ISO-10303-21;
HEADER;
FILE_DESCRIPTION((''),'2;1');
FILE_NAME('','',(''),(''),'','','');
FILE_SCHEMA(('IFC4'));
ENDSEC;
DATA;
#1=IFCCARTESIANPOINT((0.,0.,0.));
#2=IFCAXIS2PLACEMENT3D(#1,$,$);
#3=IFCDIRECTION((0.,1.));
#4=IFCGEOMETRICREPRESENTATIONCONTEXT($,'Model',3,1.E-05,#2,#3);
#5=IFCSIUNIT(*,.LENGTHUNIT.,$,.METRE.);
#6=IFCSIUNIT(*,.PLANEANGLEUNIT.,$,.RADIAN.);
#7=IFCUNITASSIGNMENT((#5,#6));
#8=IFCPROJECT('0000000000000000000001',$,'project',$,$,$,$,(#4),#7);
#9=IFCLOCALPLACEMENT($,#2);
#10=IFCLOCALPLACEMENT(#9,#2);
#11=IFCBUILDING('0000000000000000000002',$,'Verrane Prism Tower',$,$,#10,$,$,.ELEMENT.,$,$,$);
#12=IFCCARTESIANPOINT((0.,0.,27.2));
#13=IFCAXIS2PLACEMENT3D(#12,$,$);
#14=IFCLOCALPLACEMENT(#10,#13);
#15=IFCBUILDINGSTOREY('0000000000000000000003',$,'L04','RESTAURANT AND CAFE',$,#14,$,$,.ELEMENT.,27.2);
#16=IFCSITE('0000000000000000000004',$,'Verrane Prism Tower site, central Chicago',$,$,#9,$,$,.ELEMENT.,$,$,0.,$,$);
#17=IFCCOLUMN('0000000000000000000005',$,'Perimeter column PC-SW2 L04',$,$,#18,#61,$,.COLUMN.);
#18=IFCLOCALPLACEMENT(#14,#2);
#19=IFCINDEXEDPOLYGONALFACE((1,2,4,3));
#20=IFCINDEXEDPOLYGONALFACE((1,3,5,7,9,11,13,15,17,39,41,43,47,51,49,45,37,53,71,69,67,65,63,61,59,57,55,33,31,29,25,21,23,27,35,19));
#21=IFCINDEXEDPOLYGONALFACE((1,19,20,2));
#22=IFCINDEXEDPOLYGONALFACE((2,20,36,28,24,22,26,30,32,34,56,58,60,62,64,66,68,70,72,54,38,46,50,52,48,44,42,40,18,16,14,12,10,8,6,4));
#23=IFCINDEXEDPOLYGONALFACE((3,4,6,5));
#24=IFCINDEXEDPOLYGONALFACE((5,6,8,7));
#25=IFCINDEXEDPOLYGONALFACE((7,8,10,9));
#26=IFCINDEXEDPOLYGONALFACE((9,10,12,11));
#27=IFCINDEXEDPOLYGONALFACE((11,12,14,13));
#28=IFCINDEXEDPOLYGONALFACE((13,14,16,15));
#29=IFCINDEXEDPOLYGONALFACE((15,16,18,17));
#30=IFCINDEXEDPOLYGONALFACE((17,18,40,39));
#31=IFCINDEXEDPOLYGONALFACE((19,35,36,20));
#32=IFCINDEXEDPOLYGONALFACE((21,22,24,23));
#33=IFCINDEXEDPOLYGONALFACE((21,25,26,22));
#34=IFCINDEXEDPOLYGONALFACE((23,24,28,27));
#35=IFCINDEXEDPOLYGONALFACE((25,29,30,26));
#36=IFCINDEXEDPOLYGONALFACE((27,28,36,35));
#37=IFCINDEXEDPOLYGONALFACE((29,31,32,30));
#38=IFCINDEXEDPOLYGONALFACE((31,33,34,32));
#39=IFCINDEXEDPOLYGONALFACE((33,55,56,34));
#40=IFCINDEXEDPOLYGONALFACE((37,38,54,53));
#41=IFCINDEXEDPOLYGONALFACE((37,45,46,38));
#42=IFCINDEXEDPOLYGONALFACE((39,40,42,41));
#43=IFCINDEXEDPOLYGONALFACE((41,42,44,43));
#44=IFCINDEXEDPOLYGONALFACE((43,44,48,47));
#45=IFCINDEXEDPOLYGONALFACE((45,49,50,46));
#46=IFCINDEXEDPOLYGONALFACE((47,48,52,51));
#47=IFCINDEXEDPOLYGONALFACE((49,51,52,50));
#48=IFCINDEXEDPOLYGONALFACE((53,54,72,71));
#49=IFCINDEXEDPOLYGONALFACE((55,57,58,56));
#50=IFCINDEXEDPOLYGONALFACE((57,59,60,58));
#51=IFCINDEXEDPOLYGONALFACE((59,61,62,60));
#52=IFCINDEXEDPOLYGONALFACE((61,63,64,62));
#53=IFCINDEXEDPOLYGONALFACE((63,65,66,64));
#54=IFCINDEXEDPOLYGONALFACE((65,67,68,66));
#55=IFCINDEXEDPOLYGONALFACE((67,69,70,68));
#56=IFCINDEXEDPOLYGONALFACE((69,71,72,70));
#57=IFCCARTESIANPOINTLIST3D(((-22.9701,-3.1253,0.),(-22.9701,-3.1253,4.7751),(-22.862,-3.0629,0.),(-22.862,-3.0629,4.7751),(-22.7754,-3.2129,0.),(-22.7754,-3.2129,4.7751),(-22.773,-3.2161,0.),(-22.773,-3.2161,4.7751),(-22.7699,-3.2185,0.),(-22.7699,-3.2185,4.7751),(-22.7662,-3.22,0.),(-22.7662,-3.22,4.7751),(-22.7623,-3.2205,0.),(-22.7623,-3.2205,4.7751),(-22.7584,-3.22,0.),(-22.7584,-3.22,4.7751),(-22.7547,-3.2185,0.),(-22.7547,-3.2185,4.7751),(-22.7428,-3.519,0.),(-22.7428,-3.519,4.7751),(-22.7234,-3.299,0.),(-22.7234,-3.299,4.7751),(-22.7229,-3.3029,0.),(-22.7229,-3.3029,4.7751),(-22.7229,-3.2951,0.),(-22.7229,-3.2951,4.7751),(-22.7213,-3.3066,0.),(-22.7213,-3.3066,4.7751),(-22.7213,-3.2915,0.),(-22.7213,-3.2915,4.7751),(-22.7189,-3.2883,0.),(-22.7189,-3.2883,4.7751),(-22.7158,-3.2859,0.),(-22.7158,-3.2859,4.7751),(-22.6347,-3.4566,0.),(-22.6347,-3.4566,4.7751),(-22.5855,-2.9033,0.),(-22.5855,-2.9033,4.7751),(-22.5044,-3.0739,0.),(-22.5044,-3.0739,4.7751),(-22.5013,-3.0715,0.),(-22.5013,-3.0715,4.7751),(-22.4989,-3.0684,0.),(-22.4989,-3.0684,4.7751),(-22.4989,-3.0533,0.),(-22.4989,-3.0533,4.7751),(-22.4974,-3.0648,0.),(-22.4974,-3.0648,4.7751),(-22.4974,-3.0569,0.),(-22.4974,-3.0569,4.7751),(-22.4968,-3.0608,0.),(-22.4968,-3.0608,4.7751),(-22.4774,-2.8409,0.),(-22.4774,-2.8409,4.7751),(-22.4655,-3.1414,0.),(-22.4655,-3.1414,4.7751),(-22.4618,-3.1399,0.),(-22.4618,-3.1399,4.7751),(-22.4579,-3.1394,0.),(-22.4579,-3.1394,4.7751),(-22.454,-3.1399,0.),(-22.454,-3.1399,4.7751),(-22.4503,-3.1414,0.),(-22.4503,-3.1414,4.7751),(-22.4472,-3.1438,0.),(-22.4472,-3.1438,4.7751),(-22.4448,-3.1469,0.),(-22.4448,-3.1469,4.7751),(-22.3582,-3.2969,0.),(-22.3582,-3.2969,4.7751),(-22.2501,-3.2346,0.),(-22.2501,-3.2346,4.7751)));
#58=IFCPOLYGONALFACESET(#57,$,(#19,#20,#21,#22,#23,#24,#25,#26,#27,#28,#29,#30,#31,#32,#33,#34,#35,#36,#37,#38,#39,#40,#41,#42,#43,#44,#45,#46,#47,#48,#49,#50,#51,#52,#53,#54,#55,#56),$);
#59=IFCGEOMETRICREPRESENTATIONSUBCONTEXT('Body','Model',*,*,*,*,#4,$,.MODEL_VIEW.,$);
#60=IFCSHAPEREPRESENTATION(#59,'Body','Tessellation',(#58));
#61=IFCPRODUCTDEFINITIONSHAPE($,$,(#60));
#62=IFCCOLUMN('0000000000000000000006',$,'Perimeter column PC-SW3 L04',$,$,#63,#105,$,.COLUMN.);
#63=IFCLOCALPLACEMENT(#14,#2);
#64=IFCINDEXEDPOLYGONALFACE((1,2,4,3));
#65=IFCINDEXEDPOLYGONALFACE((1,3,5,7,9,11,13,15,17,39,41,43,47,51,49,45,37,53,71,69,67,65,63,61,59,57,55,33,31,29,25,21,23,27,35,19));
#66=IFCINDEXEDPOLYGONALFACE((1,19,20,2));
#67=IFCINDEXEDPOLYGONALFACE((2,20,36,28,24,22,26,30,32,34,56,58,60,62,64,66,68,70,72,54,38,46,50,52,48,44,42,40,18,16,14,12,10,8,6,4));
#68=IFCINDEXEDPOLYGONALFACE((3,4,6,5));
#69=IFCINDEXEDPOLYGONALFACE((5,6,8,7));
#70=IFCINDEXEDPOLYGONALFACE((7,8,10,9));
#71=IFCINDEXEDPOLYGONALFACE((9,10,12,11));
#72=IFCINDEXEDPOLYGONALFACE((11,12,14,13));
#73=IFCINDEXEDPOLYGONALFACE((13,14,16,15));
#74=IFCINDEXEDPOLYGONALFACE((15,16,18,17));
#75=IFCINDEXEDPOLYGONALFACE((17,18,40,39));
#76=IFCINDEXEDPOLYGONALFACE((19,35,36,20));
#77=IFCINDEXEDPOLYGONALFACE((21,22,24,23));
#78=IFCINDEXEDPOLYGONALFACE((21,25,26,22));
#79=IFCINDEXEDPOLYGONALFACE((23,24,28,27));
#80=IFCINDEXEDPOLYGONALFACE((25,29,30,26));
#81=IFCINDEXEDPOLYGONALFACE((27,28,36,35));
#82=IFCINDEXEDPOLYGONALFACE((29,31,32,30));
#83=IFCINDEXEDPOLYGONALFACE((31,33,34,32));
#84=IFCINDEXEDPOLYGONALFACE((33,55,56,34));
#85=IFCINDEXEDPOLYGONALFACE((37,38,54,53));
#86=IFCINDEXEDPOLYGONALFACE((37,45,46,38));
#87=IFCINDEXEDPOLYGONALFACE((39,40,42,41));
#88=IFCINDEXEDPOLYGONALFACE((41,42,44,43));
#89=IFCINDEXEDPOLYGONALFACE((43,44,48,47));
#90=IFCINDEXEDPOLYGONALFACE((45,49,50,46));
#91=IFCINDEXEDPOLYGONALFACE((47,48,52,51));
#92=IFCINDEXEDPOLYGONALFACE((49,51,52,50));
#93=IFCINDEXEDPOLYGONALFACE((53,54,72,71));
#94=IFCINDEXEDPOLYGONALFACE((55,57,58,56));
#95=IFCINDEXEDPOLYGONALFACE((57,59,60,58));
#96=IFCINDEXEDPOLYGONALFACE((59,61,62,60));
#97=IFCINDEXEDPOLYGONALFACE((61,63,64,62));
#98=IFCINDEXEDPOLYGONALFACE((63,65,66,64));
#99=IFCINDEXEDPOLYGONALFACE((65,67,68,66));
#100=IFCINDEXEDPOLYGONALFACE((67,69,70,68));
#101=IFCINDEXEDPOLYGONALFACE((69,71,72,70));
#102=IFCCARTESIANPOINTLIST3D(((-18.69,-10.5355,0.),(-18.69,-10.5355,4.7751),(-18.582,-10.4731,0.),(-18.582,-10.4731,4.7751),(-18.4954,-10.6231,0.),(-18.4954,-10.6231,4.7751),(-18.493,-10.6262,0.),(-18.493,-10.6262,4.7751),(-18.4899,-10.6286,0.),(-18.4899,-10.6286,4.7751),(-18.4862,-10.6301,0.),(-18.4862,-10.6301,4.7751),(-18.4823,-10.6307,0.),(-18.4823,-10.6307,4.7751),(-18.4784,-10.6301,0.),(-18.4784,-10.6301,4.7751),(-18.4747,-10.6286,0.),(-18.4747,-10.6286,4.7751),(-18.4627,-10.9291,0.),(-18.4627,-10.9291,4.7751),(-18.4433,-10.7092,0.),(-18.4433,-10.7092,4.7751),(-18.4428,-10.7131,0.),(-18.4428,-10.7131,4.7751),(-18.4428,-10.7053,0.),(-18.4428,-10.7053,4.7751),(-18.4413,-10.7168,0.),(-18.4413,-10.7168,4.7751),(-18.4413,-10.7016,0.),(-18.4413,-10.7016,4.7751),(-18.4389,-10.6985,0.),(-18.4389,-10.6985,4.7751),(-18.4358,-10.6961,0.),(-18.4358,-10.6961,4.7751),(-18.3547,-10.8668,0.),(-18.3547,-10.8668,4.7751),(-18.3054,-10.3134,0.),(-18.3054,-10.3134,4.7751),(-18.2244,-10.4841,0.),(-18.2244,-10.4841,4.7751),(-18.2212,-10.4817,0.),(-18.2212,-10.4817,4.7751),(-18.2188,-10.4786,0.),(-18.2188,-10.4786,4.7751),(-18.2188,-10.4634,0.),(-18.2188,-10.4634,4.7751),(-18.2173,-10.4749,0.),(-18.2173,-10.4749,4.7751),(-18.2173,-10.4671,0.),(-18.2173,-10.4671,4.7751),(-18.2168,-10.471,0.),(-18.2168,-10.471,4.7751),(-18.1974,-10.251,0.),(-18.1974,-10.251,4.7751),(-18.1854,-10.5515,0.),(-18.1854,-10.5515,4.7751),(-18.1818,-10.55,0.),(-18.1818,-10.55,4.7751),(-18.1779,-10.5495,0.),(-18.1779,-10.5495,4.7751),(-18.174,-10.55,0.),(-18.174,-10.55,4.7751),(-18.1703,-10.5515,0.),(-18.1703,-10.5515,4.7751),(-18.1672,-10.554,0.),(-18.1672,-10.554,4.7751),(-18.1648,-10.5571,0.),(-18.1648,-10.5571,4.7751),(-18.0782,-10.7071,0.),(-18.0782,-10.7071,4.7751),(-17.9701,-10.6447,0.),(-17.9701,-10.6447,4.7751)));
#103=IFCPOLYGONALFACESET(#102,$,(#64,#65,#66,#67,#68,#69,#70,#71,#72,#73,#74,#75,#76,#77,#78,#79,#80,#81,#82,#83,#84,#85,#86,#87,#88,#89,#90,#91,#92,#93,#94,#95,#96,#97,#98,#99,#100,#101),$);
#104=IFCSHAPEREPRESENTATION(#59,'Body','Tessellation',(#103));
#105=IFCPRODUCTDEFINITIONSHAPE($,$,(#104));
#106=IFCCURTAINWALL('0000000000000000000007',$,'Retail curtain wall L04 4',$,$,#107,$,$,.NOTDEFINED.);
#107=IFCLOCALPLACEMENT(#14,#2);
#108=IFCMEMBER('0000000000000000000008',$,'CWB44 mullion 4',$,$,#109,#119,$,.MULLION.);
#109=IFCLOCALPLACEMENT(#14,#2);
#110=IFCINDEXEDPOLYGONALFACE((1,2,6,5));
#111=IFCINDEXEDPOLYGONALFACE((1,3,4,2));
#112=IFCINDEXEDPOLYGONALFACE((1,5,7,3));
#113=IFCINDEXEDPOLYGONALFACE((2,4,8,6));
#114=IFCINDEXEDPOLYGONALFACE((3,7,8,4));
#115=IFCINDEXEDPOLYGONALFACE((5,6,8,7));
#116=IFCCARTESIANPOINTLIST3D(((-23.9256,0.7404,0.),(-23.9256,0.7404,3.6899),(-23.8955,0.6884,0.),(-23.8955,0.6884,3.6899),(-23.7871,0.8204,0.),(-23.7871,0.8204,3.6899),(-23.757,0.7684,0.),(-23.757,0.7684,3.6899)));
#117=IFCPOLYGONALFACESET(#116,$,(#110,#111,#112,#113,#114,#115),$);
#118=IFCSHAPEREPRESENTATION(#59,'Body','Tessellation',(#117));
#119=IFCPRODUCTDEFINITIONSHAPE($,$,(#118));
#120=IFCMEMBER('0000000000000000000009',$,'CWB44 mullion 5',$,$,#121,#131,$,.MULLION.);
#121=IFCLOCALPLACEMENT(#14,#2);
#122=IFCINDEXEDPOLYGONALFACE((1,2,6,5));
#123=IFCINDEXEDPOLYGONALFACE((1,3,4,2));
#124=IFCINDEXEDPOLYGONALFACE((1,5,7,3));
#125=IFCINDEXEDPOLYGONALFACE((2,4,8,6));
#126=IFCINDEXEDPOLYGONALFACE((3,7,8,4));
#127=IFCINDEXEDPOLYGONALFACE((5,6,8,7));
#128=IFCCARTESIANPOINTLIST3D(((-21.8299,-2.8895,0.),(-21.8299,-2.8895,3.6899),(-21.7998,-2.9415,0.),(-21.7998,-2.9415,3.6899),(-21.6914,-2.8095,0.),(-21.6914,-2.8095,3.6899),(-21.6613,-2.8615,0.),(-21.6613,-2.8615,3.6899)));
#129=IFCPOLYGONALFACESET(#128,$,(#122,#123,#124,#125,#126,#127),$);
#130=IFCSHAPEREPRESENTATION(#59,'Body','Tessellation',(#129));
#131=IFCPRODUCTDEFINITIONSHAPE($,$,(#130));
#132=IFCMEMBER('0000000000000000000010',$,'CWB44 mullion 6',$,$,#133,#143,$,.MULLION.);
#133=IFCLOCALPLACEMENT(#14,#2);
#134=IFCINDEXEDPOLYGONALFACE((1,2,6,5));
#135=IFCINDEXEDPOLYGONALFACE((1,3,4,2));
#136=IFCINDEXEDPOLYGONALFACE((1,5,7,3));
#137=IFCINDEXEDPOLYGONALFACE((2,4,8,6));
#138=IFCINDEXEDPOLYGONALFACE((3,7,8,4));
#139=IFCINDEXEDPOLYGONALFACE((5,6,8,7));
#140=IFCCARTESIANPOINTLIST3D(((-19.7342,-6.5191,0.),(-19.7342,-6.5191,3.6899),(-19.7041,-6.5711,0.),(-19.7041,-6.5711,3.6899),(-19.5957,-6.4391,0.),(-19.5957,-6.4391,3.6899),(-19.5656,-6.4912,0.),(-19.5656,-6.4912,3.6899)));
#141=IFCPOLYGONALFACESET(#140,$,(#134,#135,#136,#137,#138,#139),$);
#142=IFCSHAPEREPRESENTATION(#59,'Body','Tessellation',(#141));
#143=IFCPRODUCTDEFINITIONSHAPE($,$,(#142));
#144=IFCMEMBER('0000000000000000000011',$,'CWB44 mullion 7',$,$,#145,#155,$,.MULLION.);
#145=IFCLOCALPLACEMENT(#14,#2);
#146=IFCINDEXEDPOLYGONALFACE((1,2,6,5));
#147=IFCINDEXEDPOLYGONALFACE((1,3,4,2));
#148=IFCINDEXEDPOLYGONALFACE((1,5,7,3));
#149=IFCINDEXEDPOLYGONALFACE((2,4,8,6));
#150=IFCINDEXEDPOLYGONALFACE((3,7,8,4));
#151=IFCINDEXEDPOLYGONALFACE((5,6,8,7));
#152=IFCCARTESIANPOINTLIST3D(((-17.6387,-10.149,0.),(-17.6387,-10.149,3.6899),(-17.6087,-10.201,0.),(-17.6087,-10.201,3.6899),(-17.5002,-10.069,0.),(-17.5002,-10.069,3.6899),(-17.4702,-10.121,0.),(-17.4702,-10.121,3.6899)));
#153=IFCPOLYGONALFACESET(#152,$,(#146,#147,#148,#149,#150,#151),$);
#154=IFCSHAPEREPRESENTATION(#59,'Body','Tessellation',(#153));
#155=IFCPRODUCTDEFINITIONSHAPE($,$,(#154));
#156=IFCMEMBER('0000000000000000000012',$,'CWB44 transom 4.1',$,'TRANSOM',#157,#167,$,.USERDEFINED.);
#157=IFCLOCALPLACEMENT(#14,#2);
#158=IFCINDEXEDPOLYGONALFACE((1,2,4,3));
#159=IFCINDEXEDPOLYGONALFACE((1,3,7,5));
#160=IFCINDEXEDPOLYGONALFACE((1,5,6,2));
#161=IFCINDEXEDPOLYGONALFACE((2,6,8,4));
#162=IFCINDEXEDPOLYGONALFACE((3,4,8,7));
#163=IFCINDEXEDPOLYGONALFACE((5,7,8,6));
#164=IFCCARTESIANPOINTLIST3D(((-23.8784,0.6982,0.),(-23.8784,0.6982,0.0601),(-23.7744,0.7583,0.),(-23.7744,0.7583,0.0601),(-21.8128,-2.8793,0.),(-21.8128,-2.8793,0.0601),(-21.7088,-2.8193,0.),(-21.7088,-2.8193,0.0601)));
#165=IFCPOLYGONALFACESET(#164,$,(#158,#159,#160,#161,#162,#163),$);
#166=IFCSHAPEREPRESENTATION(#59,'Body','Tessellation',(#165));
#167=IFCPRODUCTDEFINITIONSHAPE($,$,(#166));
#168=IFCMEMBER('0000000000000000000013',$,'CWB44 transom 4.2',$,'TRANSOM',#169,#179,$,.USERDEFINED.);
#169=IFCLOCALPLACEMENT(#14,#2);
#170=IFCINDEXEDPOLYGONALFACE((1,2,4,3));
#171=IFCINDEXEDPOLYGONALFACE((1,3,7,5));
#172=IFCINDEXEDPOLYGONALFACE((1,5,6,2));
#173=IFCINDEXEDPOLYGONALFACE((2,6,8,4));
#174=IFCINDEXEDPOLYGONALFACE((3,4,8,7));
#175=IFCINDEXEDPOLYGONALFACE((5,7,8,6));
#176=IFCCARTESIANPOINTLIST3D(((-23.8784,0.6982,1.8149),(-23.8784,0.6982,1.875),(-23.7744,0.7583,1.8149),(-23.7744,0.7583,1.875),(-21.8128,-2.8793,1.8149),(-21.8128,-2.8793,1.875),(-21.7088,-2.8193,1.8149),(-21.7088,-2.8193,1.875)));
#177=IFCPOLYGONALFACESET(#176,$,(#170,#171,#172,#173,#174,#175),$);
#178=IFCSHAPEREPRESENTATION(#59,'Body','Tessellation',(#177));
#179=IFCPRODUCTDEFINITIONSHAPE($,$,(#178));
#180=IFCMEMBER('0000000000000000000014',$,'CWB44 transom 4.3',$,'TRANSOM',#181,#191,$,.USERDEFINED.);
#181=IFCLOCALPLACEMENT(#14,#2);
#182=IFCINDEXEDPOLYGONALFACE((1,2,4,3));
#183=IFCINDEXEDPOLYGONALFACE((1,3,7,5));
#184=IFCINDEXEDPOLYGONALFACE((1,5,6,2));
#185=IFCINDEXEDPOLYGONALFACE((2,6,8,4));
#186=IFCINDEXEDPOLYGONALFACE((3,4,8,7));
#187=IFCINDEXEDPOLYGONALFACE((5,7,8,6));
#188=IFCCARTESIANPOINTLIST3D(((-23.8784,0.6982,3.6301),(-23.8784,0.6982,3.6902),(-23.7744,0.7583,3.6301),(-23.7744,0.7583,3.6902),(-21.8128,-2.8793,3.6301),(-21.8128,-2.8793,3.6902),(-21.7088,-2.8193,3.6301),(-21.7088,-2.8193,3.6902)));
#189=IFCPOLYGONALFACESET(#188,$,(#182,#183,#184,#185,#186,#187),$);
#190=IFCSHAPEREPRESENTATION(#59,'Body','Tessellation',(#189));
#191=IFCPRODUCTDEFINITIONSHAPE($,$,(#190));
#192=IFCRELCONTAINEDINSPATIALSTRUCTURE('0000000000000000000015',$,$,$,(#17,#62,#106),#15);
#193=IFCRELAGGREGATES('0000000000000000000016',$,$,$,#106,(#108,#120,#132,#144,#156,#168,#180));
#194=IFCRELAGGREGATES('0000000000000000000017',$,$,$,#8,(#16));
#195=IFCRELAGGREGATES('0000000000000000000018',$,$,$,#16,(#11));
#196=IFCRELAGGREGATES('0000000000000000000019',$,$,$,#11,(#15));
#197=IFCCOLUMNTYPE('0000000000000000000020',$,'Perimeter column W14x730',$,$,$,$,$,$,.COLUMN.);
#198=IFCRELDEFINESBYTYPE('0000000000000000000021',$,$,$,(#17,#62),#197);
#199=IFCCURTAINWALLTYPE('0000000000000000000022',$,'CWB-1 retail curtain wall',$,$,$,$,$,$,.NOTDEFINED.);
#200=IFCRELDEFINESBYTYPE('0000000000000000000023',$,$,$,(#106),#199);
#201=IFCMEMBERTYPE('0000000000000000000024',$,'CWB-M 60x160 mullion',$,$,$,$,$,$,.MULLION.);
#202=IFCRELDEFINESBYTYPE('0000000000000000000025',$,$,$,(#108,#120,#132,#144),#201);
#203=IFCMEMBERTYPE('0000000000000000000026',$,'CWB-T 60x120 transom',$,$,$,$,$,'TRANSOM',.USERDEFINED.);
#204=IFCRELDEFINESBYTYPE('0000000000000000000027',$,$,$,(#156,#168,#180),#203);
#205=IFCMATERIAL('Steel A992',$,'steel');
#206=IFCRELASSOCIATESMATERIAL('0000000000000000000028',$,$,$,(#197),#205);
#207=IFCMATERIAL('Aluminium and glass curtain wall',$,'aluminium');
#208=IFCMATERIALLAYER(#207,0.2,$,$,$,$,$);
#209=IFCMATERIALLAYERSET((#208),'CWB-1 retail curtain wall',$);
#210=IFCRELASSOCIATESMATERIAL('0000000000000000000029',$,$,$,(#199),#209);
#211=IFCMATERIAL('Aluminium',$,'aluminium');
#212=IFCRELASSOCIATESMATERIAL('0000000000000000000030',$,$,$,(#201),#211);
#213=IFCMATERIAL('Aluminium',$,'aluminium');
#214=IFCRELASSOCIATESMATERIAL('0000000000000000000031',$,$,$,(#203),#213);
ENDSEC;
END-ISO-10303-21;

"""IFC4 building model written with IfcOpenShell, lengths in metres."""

from ifc_helpers import new_model, si_unit, direction, frame, origin, origin_2d, place, context, subcontext, project, spatial, rectangle, i_section, extrude, material, layer, layer_set, material_profile, profile_set, type_object, element, aggregate, save


model = new_model("IFC4")

# Units and contexts
model_context = context("Model", 3, precision=1e-05, world=origin(), true_north=direction((0.0, 1.0)))
body_context = subcontext(model_context, "Body", "Model", "MODEL_VIEW")
ifc_project = project(units=[si_unit("LENGTHUNIT", "METRE"), si_unit("PLANEANGLEUNIT", "RADIAN")], contexts=[model_context])

# Site, building, storey
site_placement = place(None, origin())
site = spatial("IfcSite", under=ifc_project, at=site_placement, Name="Verrane Prism Tower site, central Chicago", CompositionType="ELEMENT", RefElevation=0.0)
building_placement = place(site_placement, origin())
building = spatial("IfcBuilding", under=site, at=building_placement, Name="Verrane Prism Tower", CompositionType="ELEMENT")
storey_placement = place(building_placement, frame((0.0, 0.0, 27.2)))
storey = spatial("IfcBuildingStorey", under=building, at=storey_placement, Name="L04", Description="RESTAURANT AND CAFE", CompositionType="ELEMENT", Elevation=27.2)

# Columns
ifc_material_1 = material(Name="Steel A992", Category="steel")
ifc_material_profile_1 = material_profile(ifc_material_1, i_section(OverallWidth=0.4546, OverallDepth=0.5688, WebThickness=0.0779, FlangeThickness=0.1248, FilletRadius=0.0151, at=origin_2d()), Name="W14x730")
ifc_profile_set_1 = profile_set([ifc_material_profile_1], Name="Steel A992")
column_type = type_object("IfcColumnType", Name="Perimeter column W14x730", PredefinedType="COLUMN", material=ifc_profile_set_1)
for number, where, z_axis, x_axis, name in (
    (1, (-22.6101, -3.1799, 0.0), (0.0, 0.0, 1.0), (-0.5, 0.866025, 0.0), "Perimeter column PC-SW2 L04"),
    (2, (-18.3301, -10.5901, 0.0), (0.0, 0.0, 1.0), (-0.5, 0.866025, 0.0), "Perimeter column PC-SW3 L04"),
):
    element("IfcColumn", number, at=place(storey_placement, frame(where, z_axis=z_axis, x_axis=x_axis)), inside=storey, type_object=column_type, Name=name, PredefinedType="COLUMN", context=body_context, shape_type="SweptSolid", body=[
        extrude(i_section(OverallWidth=0.4546, OverallDepth=0.5688, WebThickness=0.0779, FlangeThickness=0.1248, FilletRadius=0.0151, at=origin_2d()), origin(), (0.0, 0.0, 1.0), 4.7751),
    ])

# Curtain wall, members
ifc_material_2 = material(Name="Aluminium and glass curtain wall", Category="aluminium")
ifc_layer_1 = layer(ifc_material_2, 0.2)
ifc_layer_set_1 = layer_set([ifc_layer_1], Name="CWB-1 retail curtain wall")
curtain_wall_type = type_object("IfcCurtainWallType", Name="CWB-1 retail curtain wall", PredefinedType="NOTDEFINED", material=ifc_layer_set_1)
curtain_wall_placement = place(storey_placement, origin())
curtain_wall = element("IfcCurtainWall", 3, at=curtain_wall_placement, inside=storey, type_object=curtain_wall_type, Name="Retail curtain wall L04 4", PredefinedType="NOTDEFINED")
ifc_material_3 = material(Name="Aluminium", Category="aluminium")
ifc_material_profile_2 = material_profile(ifc_material_3, rectangle(XDim=0.1599, YDim=0.0601, at=origin_2d()), Name="CWB-M 60x160 mullion")
ifc_profile_set_2 = profile_set([ifc_material_profile_2], Name="Aluminium")
member_type_1 = type_object("IfcMemberType", Name="CWB-M 60x160 mullion", PredefinedType="MULLION", material=ifc_profile_set_2)
member_1_placement = place(storey_placement, frame((-23.8413, 0.7544, 0.0), z_axis=(0.0, 0.0, 1.0), x_axis=(0.866025, 0.5, 0.0)))
member_1 = element("IfcMember", 4, at=member_1_placement, type_object=member_type_1, Name="CWB44 mullion 4", PredefinedType="MULLION", context=body_context, shape_type="SweptSolid", body=[
    extrude(rectangle(XDim=0.1599, YDim=0.0601, at=origin_2d()), origin(), (0.0, 0.0, 1.0), 3.6899),
])
member_2_placement = place(storey_placement, frame((-21.7456, -2.8755, 0.0), z_axis=(0.0, 0.0, 1.0), x_axis=(0.866025, 0.5, 0.0)))
member_2 = element("IfcMember", 5, at=member_2_placement, type_object=member_type_1, Name="CWB44 mullion 5", PredefinedType="MULLION", context=body_context, shape_type="SweptSolid", body=[
    extrude(rectangle(XDim=0.1599, YDim=0.0601, at=origin_2d()), origin(), (0.0, 0.0, 1.0), 3.6899),
])
member_3_placement = place(storey_placement, frame((-19.6499, -6.5051, 0.0), z_axis=(0.0, 0.0, 1.0), x_axis=(0.866025, 0.5, 0.0)))
member_3 = element("IfcMember", 6, at=member_3_placement, type_object=member_type_1, Name="CWB44 mullion 6", PredefinedType="MULLION", context=body_context, shape_type="SweptSolid", body=[
    extrude(rectangle(XDim=0.1599, YDim=0.0601, at=origin_2d()), origin(), (0.0, 0.0, 1.0), 3.6899),
])
member_4_placement = place(storey_placement, frame((-17.5544, -10.135, 0.0), z_axis=(0.0, 0.0, 1.0), x_axis=(0.866025, 0.5, 0.0)))
member_4 = element("IfcMember", 7, at=member_4_placement, type_object=member_type_1, Name="CWB44 mullion 7", PredefinedType="MULLION", context=body_context, shape_type="SweptSolid", body=[
    extrude(rectangle(XDim=0.1599, YDim=0.0601, at=origin_2d()), origin(), (0.0, 0.0, 1.0), 3.6899),
])
ifc_material_4 = material(Name="Aluminium", Category="aluminium")
ifc_material_profile_3 = material_profile(ifc_material_4, rectangle(XDim=0.1201, YDim=0.0601, at=origin_2d()), Name="CWB-T 60x120 transom")
ifc_profile_set_3 = profile_set([ifc_material_profile_3], Name="Aluminium")
member_type_2 = type_object("IfcMemberType", Name="CWB-T 60x120 transom", ElementType="TRANSOM", PredefinedType="USERDEFINED", material=ifc_profile_set_3)
member_5_placement = place(storey_placement, frame((-23.8264, 0.7283, 0.03), z_axis=(0.500023, -0.866012, 0.0), x_axis=(0.866012, 0.500023, 0.0)))
member_5 = element("IfcMember", 8, at=member_5_placement, type_object=member_type_2, Name="CWB44 transom 4.1", ObjectType="TRANSOM", PredefinedType="USERDEFINED", context=body_context, shape_type="SweptSolid", body=[
    extrude(rectangle(XDim=0.1201, YDim=0.0601, at=origin_2d()), origin(), (0.0, 0.0, 1.0), 4.1311),
])
member_6_placement = place(storey_placement, frame((-23.8264, 0.7283, 1.845), z_axis=(0.500023, -0.866012, 0.0), x_axis=(0.866012, 0.500023, 0.0)))
member_6 = element("IfcMember", 9, at=member_6_placement, type_object=member_type_2, Name="CWB44 transom 4.2", ObjectType="TRANSOM", PredefinedType="USERDEFINED", context=body_context, shape_type="SweptSolid", body=[
    extrude(rectangle(XDim=0.1201, YDim=0.0601, at=origin_2d()), origin(), (0.0, 0.0, 1.0), 4.1311),
])
member_7_placement = place(storey_placement, frame((-23.8264, 0.7283, 3.6602), z_axis=(0.500023, -0.866012, 0.0), x_axis=(0.866012, 0.500023, 0.0)))
member_7 = element("IfcMember", 10, at=member_7_placement, type_object=member_type_2, Name="CWB44 transom 4.3", ObjectType="TRANSOM", PredefinedType="USERDEFINED", context=body_context, shape_type="SweptSolid", body=[
    extrude(rectangle(XDim=0.1201, YDim=0.0601, at=origin_2d()), origin(), (0.0, 0.0, 1.0), 4.1311),
])

aggregate(curtain_wall, [member_1, member_2, member_3, member_4, member_5, member_6, member_7])

save(model, "model.ifc")
